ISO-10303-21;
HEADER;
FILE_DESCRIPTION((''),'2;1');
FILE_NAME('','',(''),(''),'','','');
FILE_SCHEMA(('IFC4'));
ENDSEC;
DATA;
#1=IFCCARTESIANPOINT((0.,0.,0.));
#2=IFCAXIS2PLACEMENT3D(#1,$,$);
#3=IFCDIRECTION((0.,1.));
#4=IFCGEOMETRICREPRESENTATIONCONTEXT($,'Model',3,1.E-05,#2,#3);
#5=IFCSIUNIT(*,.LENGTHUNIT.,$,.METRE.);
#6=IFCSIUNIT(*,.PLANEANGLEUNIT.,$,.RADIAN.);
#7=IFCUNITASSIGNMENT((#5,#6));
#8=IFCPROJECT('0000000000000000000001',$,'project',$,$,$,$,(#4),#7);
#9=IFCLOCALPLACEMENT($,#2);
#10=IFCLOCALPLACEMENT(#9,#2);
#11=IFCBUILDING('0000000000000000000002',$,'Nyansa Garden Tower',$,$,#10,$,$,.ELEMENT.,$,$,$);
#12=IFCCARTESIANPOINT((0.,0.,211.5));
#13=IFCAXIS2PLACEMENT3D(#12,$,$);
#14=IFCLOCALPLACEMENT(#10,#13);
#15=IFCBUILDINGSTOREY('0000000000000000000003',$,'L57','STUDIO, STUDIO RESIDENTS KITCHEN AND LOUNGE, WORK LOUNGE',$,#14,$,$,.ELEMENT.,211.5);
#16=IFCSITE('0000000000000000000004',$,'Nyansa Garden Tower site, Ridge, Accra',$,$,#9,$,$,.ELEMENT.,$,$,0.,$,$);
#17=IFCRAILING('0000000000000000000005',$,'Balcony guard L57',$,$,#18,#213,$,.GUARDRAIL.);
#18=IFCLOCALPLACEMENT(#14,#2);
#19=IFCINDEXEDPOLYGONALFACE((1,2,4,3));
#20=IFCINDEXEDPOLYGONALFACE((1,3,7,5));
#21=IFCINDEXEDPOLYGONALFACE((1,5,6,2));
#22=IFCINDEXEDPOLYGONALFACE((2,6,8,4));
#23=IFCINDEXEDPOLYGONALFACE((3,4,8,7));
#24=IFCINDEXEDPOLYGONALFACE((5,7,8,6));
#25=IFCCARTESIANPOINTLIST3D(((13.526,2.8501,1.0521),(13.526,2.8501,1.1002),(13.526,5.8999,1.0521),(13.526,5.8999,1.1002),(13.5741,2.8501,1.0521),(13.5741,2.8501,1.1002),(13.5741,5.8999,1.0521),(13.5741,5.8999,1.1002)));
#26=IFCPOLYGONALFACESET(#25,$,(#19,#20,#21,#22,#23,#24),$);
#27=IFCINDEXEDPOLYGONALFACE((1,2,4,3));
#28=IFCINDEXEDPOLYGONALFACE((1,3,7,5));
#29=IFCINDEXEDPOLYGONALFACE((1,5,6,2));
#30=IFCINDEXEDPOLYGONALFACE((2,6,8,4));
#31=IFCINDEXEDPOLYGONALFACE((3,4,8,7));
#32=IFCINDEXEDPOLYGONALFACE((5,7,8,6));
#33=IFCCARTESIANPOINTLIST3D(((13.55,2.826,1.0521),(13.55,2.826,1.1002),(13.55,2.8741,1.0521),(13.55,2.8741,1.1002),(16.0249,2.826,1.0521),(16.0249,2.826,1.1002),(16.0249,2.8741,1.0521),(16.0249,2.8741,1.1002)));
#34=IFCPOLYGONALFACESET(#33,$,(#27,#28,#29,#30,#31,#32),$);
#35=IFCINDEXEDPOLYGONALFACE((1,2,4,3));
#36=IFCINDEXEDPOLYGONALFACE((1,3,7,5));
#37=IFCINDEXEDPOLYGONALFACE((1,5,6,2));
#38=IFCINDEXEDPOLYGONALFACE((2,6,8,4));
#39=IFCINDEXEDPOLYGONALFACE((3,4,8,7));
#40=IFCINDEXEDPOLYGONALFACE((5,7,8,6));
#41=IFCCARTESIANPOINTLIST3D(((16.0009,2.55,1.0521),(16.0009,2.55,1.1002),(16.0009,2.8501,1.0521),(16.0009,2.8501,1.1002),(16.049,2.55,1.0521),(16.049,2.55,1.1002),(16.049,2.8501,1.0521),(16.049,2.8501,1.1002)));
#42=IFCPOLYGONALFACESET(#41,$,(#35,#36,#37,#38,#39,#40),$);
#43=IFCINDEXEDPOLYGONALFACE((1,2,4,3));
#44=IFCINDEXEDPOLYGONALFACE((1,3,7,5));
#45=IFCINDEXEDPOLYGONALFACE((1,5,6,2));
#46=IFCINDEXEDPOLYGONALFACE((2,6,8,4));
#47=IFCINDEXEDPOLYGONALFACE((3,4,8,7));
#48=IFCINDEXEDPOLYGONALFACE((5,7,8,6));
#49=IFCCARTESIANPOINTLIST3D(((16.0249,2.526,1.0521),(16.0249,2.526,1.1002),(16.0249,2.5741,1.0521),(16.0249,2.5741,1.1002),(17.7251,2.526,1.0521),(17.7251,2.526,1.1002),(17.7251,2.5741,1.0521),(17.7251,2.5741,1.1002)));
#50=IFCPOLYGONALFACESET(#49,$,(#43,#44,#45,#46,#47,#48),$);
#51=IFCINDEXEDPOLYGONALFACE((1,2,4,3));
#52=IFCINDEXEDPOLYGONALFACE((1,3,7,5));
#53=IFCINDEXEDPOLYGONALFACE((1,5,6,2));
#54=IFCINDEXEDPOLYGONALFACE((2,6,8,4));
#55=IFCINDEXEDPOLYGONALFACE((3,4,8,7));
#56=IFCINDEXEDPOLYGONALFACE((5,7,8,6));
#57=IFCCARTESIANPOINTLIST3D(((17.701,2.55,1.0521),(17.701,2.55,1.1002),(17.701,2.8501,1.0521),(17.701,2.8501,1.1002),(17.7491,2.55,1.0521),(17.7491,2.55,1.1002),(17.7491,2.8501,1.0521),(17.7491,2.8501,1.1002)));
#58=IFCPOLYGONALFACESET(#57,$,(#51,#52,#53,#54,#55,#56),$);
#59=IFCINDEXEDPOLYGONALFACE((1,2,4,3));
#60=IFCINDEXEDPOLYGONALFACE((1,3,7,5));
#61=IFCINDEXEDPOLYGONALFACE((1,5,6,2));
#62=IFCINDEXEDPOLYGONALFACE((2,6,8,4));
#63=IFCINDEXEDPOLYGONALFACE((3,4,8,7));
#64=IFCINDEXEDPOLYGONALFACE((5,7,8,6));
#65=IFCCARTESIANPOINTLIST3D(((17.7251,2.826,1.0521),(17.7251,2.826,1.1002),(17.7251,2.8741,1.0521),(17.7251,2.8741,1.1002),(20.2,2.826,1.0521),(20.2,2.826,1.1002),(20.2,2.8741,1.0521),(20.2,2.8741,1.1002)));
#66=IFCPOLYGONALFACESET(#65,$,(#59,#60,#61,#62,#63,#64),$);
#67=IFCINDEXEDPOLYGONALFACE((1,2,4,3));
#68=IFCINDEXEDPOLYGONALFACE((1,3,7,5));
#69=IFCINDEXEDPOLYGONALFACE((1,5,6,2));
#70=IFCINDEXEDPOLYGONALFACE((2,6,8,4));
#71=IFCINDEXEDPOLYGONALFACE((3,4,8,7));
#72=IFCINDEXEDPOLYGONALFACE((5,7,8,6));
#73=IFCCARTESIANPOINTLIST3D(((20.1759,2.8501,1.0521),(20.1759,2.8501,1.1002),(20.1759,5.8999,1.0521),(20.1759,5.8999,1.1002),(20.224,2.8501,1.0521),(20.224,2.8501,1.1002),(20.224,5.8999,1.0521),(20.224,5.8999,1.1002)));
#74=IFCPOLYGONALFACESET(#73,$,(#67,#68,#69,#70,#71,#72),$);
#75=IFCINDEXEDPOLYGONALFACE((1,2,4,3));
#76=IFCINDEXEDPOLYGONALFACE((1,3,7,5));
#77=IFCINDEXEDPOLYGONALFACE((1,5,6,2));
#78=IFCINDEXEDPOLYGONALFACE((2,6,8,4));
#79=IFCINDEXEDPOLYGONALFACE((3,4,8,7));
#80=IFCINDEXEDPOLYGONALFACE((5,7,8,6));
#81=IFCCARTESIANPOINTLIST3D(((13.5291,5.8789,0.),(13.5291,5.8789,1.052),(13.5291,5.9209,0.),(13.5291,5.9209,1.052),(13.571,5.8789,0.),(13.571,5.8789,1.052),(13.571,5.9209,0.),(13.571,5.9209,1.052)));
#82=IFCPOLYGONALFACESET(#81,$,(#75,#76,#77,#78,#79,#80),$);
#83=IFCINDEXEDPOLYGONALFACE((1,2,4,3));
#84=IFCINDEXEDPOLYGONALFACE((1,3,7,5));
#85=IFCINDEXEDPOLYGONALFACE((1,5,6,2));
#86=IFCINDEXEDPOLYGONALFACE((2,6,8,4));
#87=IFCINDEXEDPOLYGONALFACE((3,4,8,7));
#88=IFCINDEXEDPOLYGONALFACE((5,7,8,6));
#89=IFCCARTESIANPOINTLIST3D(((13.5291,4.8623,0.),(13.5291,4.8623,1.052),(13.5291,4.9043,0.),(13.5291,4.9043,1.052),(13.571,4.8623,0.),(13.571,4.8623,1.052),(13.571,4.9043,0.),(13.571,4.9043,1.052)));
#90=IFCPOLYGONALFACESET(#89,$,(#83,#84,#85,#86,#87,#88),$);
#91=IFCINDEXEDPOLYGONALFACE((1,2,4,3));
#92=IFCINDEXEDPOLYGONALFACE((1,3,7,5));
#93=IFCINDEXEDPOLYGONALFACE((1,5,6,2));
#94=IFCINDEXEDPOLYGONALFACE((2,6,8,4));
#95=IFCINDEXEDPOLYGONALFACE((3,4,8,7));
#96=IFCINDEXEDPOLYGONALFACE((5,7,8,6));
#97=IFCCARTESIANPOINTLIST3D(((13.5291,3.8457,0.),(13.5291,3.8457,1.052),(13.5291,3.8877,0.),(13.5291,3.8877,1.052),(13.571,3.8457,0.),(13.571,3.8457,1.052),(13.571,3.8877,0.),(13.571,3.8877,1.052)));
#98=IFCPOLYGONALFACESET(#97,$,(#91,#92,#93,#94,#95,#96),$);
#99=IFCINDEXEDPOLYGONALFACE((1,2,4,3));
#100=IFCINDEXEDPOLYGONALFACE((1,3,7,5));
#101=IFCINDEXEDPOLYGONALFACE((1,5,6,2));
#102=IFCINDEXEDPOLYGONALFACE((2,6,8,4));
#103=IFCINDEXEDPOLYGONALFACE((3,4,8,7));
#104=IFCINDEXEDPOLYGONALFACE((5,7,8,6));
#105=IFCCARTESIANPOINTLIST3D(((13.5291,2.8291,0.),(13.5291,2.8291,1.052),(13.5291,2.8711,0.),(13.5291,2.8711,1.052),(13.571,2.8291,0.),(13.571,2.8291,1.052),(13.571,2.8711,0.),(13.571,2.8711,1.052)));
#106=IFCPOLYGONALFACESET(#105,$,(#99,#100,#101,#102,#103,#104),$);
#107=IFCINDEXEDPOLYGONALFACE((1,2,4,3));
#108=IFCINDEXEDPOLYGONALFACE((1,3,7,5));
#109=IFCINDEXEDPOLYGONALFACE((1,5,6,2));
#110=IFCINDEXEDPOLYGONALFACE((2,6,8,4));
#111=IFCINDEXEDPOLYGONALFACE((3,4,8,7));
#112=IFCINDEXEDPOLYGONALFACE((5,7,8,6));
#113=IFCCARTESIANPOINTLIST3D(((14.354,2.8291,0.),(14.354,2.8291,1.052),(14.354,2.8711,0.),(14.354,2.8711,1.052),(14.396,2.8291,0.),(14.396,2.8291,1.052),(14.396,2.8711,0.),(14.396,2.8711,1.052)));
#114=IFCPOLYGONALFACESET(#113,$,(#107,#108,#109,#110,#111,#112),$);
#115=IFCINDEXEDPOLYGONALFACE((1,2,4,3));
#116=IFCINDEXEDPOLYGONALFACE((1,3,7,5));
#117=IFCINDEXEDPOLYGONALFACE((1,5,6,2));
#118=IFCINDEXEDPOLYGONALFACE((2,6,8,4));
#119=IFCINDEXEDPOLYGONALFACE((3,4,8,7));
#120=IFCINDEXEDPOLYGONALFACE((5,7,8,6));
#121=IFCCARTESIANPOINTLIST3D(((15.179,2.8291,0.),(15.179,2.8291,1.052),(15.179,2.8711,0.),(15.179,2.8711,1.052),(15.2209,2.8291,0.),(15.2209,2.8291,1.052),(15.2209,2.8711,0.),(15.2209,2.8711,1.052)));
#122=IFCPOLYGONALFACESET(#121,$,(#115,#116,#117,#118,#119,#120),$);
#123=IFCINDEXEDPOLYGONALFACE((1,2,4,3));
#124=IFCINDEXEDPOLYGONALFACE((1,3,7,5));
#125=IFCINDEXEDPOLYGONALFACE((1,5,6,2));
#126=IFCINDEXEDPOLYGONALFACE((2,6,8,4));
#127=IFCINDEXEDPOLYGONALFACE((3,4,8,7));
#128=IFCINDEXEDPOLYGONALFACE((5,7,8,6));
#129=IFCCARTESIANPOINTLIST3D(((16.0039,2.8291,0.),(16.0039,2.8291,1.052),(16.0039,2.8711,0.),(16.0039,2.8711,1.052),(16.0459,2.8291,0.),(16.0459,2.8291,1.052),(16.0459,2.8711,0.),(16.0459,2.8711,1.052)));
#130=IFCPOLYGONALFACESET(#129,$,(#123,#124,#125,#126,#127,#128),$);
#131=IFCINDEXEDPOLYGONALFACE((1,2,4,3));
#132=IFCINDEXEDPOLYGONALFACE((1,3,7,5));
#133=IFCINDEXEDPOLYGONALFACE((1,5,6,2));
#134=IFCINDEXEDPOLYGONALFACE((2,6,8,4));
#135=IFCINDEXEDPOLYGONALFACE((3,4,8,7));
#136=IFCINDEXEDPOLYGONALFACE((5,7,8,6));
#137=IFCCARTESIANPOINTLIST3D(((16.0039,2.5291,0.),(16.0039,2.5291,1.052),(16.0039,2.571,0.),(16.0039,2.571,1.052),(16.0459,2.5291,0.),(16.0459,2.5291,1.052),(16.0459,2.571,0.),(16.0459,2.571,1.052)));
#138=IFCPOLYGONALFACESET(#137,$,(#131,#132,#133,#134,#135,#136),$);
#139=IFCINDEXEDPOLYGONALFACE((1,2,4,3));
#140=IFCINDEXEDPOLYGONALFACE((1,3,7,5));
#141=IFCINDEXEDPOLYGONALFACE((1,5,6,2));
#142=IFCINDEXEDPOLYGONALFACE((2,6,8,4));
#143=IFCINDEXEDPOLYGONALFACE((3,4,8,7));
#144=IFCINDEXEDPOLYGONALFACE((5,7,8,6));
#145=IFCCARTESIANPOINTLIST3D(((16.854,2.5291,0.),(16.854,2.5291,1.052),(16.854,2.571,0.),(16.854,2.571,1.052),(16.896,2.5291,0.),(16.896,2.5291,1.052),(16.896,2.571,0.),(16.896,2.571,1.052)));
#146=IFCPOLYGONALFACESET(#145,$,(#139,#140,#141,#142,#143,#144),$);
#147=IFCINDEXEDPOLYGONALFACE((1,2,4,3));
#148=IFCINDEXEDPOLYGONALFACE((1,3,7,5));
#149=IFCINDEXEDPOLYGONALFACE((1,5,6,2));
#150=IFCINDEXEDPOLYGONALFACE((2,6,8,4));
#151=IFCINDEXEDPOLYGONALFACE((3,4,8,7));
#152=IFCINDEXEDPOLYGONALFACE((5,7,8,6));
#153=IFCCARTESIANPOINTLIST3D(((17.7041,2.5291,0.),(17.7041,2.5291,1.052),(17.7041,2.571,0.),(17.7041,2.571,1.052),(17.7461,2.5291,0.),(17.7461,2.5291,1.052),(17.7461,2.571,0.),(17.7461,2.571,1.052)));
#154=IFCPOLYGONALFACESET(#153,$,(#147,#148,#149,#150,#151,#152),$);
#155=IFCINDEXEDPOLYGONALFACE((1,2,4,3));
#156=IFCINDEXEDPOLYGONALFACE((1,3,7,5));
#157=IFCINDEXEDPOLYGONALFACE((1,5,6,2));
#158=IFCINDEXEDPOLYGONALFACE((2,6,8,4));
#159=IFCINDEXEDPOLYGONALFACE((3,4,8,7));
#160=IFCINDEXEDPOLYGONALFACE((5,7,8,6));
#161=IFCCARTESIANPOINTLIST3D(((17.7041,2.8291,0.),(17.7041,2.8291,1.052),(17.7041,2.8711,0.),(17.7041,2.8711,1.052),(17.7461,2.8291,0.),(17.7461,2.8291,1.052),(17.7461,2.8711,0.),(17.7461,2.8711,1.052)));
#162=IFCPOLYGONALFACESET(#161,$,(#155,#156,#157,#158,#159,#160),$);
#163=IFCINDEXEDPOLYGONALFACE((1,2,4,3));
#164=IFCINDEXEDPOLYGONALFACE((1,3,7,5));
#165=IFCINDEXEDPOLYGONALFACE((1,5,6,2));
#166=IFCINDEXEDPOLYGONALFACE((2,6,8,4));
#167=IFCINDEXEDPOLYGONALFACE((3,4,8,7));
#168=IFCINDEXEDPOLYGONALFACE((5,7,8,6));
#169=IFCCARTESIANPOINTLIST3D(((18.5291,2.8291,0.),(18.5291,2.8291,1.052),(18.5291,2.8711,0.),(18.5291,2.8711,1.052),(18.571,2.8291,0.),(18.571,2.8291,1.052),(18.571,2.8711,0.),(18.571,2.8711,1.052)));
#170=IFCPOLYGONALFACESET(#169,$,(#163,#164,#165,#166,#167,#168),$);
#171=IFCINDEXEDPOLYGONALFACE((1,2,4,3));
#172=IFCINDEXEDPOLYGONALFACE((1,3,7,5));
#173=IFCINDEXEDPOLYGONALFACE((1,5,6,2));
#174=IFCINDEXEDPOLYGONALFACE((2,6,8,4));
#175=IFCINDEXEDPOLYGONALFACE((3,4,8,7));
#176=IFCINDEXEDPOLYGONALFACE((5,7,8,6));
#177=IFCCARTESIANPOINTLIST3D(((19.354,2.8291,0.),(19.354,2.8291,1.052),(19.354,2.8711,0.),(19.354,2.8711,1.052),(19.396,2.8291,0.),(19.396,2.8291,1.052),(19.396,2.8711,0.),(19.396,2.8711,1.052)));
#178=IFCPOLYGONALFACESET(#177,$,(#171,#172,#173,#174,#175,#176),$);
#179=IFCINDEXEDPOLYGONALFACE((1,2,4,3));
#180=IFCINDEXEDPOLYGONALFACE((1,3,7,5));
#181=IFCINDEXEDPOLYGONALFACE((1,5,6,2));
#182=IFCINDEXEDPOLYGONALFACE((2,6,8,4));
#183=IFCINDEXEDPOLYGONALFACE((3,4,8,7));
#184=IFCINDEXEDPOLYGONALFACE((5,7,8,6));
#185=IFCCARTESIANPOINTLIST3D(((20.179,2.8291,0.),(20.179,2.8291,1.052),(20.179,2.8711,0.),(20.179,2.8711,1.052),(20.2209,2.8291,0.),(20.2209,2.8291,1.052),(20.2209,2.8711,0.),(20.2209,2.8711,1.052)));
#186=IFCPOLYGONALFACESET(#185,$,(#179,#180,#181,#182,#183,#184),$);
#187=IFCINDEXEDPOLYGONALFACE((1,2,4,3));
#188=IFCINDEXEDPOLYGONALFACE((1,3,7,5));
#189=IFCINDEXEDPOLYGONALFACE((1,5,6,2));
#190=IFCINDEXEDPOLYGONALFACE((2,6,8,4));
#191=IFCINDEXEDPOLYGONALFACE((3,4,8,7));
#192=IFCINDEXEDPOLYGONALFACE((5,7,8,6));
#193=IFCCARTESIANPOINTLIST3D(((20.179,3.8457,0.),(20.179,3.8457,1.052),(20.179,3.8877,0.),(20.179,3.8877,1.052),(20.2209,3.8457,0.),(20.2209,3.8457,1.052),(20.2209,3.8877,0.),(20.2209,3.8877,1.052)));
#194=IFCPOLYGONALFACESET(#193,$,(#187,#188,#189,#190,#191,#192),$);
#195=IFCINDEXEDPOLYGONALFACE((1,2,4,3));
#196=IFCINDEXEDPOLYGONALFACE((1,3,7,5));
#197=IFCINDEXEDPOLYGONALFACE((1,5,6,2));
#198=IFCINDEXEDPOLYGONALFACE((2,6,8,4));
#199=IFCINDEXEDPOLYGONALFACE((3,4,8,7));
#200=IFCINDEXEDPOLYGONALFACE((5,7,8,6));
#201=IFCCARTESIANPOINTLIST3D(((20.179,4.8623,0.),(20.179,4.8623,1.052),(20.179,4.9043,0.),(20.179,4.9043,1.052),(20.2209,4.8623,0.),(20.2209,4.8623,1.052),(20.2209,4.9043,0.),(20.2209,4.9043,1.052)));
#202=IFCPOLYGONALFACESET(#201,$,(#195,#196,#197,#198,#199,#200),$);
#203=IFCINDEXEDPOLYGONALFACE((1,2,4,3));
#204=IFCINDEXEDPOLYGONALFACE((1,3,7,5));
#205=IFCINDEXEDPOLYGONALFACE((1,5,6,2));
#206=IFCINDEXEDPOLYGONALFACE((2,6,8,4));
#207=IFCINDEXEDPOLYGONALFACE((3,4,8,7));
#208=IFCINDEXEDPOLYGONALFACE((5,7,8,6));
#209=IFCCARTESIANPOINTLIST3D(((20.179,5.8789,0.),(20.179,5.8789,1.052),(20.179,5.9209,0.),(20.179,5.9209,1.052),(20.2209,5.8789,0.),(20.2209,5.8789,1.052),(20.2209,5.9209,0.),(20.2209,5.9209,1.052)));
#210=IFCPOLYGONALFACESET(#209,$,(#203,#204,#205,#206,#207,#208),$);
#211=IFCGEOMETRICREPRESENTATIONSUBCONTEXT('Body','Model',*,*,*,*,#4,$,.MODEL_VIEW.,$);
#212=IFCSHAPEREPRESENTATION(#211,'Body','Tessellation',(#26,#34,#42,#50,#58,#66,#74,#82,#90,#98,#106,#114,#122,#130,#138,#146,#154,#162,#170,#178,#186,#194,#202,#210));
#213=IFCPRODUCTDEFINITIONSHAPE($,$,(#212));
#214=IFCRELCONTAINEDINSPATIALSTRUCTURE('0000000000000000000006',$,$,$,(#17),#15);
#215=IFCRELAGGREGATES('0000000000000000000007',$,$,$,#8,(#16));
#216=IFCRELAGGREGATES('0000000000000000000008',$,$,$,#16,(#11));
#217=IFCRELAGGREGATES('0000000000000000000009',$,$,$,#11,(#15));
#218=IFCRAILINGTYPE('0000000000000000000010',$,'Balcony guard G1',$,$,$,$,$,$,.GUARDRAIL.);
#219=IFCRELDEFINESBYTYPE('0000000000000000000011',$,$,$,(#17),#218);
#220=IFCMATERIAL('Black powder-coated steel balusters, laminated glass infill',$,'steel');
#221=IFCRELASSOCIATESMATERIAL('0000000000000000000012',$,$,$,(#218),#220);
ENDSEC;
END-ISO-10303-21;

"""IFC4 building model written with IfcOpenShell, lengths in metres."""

from ifc_helpers import new_model, si_unit, direction, frame, origin, origin_2d, place, context, subcontext, project, spatial, rectangle, extrude, material, type_object, element, save


model = new_model("IFC4")

# Units and contexts
model_context = context("Model", 3, precision=1e-05, world=origin(), true_north=direction((0.0, 1.0)))
body_context = subcontext(model_context, "Body", "Model", "MODEL_VIEW")
ifc_project = project(units=[si_unit("LENGTHUNIT", "METRE"), si_unit("PLANEANGLEUNIT", "RADIAN")], contexts=[model_context])

# Site, building, storey
site_placement = place(None, origin())
site = spatial("IfcSite", under=ifc_project, at=site_placement, Name="Nyansa Garden Tower site, Ridge, Accra", CompositionType="ELEMENT", RefElevation=0.0)
building_placement = place(site_placement, origin())
building = spatial("IfcBuilding", under=site, at=building_placement, Name="Nyansa Garden Tower", CompositionType="ELEMENT")
storey_placement = place(building_placement, frame((0.0, 0.0, 211.5)))
storey = spatial("IfcBuildingStorey", under=building, at=storey_placement, Name="L57", Description="STUDIO, STUDIO RESIDENTS KITCHEN AND LOUNGE, WORK LOUNGE", CompositionType="ELEMENT", Elevation=211.5)

# Railing
ifc_material_1 = material(Name="Black powder-coated steel balusters, laminated glass infill", Category="steel")
railing_type = type_object("IfcRailingType", Name="Balcony guard G1", PredefinedType="GUARDRAIL", material=ifc_material_1)
railing_placement = place(storey_placement, frame((13.55, 5.8999, 0.0)))
element("IfcRailing", 1, at=railing_placement, inside=storey, type_object=railing_type, Name="Balcony guard L57", PredefinedType="GUARDRAIL", context=body_context, shape_type="SweptSolid", body=[
    extrude(rectangle(XDim=0.0481, YDim=0.0481, at=origin_2d()), frame((0.0, 0.0, 1.0762), z_axis=(0.0, -1.0, 0.0), x_axis=(1.0, 0.0, 0.0)), (0.0, 0.0, 1.0), 3.0498),
    extrude(rectangle(XDim=0.0481, YDim=0.0481, at=origin_2d()), frame((0.0, -3.0498, 1.0762), z_axis=(1.0, 0.0, 0.0), x_axis=(0.0, 1.0, 0.0)), (0.0, 0.0, 1.0), 2.4749),
    extrude(rectangle(XDim=0.0481, YDim=0.0481, at=origin_2d()), frame((2.4749, -3.0498, 1.0762), z_axis=(0.0, -1.0, 0.0), x_axis=(1.0, 0.0, 0.0)), (0.0, 0.0, 1.0), 0.3),
    extrude(rectangle(XDim=0.0481, YDim=0.0481, at=origin_2d()), frame((2.4749, -3.3499, 1.0762), z_axis=(1.0, 0.0, 0.0), x_axis=(0.0, 1.0, 0.0)), (0.0, 0.0, 1.0), 1.7002),
    extrude(rectangle(XDim=0.0481, YDim=0.0481, at=origin_2d()), frame((4.175, -3.3499, 1.0762), z_axis=(0.0, 1.0, 0.0), x_axis=(-1.0, 0.0, 0.0)), (0.0, 0.0, 1.0), 0.3),
    extrude(rectangle(XDim=0.0481, YDim=0.0481, at=origin_2d()), frame((4.175, -3.0498, 1.0762), z_axis=(1.0, 0.0, 0.0), x_axis=(0.0, 1.0, 0.0)), (0.0, 0.0, 1.0), 2.4749),
    extrude(rectangle(XDim=0.0481, YDim=0.0481, at=origin_2d()), frame((6.6499, -3.0498, 1.0762), z_axis=(0.0, 1.0, 0.0), x_axis=(-1.0, 0.0, 0.0)), (0.0, 0.0, 1.0), 3.0498),
    extrude(rectangle(XDim=0.042, YDim=0.042, at=origin_2d()), origin(), (0.0, 0.0, 1.0), 1.052),
    extrude(rectangle(XDim=0.042, YDim=0.042, at=origin_2d()), frame((0.0, -1.0166, 0.0)), (0.0, 0.0, 1.0), 1.052),
    extrude(rectangle(XDim=0.042, YDim=0.042, at=origin_2d()), frame((0.0, -2.0332, 0.0)), (0.0, 0.0, 1.0), 1.052),
    extrude(rectangle(XDim=0.042, YDim=0.042, at=origin_2d()), frame((0.0, -3.0498, 0.0)), (0.0, 0.0, 1.0), 1.052),
    extrude(rectangle(XDim=0.042, YDim=0.042, at=origin_2d()), frame((0.825, -3.0498, 0.0)), (0.0, 0.0, 1.0), 1.052),
    extrude(rectangle(XDim=0.042, YDim=0.042, at=origin_2d()), frame((1.6499, -3.0498, 0.0)), (0.0, 0.0, 1.0), 1.052),
    extrude(rectangle(XDim=0.042, YDim=0.042, at=origin_2d()), frame((2.4749, -3.0498, 0.0)), (0.0, 0.0, 1.0), 1.052),
    extrude(rectangle(XDim=0.042, YDim=0.042, at=origin_2d()), frame((2.4749, -3.3499, 0.0)), (0.0, 0.0, 1.0), 1.052),
    extrude(rectangle(XDim=0.042, YDim=0.042, at=origin_2d()), frame((3.325, -3.3499, 0.0)), (0.0, 0.0, 1.0), 1.052),
    extrude(rectangle(XDim=0.042, YDim=0.042, at=origin_2d()), frame((4.175, -3.3499, 0.0)), (0.0, 0.0, 1.0), 1.052),
    extrude(rectangle(XDim=0.042, YDim=0.042, at=origin_2d()), frame((4.175, -3.0498, 0.0)), (0.0, 0.0, 1.0), 1.052),
    extrude(rectangle(XDim=0.042, YDim=0.042, at=origin_2d()), frame((5.0, -3.0498, 0.0)), (0.0, 0.0, 1.0), 1.052),
    extrude(rectangle(XDim=0.042, YDim=0.042, at=origin_2d()), frame((5.825, -3.0498, 0.0)), (0.0, 0.0, 1.0), 1.052),
    extrude(rectangle(XDim=0.042, YDim=0.042, at=origin_2d()), frame((6.6499, -3.0498, 0.0)), (0.0, 0.0, 1.0), 1.052),
    extrude(rectangle(XDim=0.042, YDim=0.042, at=origin_2d()), frame((6.6499, -2.0332, 0.0)), (0.0, 0.0, 1.0), 1.052),
    extrude(rectangle(XDim=0.042, YDim=0.042, at=origin_2d()), frame((6.6499, -1.0166, 0.0)), (0.0, 0.0, 1.0), 1.052),
    extrude(rectangle(XDim=0.042, YDim=0.042, at=origin_2d()), frame((6.6499, 0.0, 0.0)), (0.0, 0.0, 1.0), 1.052),
])

save(model, "model.ifc")
